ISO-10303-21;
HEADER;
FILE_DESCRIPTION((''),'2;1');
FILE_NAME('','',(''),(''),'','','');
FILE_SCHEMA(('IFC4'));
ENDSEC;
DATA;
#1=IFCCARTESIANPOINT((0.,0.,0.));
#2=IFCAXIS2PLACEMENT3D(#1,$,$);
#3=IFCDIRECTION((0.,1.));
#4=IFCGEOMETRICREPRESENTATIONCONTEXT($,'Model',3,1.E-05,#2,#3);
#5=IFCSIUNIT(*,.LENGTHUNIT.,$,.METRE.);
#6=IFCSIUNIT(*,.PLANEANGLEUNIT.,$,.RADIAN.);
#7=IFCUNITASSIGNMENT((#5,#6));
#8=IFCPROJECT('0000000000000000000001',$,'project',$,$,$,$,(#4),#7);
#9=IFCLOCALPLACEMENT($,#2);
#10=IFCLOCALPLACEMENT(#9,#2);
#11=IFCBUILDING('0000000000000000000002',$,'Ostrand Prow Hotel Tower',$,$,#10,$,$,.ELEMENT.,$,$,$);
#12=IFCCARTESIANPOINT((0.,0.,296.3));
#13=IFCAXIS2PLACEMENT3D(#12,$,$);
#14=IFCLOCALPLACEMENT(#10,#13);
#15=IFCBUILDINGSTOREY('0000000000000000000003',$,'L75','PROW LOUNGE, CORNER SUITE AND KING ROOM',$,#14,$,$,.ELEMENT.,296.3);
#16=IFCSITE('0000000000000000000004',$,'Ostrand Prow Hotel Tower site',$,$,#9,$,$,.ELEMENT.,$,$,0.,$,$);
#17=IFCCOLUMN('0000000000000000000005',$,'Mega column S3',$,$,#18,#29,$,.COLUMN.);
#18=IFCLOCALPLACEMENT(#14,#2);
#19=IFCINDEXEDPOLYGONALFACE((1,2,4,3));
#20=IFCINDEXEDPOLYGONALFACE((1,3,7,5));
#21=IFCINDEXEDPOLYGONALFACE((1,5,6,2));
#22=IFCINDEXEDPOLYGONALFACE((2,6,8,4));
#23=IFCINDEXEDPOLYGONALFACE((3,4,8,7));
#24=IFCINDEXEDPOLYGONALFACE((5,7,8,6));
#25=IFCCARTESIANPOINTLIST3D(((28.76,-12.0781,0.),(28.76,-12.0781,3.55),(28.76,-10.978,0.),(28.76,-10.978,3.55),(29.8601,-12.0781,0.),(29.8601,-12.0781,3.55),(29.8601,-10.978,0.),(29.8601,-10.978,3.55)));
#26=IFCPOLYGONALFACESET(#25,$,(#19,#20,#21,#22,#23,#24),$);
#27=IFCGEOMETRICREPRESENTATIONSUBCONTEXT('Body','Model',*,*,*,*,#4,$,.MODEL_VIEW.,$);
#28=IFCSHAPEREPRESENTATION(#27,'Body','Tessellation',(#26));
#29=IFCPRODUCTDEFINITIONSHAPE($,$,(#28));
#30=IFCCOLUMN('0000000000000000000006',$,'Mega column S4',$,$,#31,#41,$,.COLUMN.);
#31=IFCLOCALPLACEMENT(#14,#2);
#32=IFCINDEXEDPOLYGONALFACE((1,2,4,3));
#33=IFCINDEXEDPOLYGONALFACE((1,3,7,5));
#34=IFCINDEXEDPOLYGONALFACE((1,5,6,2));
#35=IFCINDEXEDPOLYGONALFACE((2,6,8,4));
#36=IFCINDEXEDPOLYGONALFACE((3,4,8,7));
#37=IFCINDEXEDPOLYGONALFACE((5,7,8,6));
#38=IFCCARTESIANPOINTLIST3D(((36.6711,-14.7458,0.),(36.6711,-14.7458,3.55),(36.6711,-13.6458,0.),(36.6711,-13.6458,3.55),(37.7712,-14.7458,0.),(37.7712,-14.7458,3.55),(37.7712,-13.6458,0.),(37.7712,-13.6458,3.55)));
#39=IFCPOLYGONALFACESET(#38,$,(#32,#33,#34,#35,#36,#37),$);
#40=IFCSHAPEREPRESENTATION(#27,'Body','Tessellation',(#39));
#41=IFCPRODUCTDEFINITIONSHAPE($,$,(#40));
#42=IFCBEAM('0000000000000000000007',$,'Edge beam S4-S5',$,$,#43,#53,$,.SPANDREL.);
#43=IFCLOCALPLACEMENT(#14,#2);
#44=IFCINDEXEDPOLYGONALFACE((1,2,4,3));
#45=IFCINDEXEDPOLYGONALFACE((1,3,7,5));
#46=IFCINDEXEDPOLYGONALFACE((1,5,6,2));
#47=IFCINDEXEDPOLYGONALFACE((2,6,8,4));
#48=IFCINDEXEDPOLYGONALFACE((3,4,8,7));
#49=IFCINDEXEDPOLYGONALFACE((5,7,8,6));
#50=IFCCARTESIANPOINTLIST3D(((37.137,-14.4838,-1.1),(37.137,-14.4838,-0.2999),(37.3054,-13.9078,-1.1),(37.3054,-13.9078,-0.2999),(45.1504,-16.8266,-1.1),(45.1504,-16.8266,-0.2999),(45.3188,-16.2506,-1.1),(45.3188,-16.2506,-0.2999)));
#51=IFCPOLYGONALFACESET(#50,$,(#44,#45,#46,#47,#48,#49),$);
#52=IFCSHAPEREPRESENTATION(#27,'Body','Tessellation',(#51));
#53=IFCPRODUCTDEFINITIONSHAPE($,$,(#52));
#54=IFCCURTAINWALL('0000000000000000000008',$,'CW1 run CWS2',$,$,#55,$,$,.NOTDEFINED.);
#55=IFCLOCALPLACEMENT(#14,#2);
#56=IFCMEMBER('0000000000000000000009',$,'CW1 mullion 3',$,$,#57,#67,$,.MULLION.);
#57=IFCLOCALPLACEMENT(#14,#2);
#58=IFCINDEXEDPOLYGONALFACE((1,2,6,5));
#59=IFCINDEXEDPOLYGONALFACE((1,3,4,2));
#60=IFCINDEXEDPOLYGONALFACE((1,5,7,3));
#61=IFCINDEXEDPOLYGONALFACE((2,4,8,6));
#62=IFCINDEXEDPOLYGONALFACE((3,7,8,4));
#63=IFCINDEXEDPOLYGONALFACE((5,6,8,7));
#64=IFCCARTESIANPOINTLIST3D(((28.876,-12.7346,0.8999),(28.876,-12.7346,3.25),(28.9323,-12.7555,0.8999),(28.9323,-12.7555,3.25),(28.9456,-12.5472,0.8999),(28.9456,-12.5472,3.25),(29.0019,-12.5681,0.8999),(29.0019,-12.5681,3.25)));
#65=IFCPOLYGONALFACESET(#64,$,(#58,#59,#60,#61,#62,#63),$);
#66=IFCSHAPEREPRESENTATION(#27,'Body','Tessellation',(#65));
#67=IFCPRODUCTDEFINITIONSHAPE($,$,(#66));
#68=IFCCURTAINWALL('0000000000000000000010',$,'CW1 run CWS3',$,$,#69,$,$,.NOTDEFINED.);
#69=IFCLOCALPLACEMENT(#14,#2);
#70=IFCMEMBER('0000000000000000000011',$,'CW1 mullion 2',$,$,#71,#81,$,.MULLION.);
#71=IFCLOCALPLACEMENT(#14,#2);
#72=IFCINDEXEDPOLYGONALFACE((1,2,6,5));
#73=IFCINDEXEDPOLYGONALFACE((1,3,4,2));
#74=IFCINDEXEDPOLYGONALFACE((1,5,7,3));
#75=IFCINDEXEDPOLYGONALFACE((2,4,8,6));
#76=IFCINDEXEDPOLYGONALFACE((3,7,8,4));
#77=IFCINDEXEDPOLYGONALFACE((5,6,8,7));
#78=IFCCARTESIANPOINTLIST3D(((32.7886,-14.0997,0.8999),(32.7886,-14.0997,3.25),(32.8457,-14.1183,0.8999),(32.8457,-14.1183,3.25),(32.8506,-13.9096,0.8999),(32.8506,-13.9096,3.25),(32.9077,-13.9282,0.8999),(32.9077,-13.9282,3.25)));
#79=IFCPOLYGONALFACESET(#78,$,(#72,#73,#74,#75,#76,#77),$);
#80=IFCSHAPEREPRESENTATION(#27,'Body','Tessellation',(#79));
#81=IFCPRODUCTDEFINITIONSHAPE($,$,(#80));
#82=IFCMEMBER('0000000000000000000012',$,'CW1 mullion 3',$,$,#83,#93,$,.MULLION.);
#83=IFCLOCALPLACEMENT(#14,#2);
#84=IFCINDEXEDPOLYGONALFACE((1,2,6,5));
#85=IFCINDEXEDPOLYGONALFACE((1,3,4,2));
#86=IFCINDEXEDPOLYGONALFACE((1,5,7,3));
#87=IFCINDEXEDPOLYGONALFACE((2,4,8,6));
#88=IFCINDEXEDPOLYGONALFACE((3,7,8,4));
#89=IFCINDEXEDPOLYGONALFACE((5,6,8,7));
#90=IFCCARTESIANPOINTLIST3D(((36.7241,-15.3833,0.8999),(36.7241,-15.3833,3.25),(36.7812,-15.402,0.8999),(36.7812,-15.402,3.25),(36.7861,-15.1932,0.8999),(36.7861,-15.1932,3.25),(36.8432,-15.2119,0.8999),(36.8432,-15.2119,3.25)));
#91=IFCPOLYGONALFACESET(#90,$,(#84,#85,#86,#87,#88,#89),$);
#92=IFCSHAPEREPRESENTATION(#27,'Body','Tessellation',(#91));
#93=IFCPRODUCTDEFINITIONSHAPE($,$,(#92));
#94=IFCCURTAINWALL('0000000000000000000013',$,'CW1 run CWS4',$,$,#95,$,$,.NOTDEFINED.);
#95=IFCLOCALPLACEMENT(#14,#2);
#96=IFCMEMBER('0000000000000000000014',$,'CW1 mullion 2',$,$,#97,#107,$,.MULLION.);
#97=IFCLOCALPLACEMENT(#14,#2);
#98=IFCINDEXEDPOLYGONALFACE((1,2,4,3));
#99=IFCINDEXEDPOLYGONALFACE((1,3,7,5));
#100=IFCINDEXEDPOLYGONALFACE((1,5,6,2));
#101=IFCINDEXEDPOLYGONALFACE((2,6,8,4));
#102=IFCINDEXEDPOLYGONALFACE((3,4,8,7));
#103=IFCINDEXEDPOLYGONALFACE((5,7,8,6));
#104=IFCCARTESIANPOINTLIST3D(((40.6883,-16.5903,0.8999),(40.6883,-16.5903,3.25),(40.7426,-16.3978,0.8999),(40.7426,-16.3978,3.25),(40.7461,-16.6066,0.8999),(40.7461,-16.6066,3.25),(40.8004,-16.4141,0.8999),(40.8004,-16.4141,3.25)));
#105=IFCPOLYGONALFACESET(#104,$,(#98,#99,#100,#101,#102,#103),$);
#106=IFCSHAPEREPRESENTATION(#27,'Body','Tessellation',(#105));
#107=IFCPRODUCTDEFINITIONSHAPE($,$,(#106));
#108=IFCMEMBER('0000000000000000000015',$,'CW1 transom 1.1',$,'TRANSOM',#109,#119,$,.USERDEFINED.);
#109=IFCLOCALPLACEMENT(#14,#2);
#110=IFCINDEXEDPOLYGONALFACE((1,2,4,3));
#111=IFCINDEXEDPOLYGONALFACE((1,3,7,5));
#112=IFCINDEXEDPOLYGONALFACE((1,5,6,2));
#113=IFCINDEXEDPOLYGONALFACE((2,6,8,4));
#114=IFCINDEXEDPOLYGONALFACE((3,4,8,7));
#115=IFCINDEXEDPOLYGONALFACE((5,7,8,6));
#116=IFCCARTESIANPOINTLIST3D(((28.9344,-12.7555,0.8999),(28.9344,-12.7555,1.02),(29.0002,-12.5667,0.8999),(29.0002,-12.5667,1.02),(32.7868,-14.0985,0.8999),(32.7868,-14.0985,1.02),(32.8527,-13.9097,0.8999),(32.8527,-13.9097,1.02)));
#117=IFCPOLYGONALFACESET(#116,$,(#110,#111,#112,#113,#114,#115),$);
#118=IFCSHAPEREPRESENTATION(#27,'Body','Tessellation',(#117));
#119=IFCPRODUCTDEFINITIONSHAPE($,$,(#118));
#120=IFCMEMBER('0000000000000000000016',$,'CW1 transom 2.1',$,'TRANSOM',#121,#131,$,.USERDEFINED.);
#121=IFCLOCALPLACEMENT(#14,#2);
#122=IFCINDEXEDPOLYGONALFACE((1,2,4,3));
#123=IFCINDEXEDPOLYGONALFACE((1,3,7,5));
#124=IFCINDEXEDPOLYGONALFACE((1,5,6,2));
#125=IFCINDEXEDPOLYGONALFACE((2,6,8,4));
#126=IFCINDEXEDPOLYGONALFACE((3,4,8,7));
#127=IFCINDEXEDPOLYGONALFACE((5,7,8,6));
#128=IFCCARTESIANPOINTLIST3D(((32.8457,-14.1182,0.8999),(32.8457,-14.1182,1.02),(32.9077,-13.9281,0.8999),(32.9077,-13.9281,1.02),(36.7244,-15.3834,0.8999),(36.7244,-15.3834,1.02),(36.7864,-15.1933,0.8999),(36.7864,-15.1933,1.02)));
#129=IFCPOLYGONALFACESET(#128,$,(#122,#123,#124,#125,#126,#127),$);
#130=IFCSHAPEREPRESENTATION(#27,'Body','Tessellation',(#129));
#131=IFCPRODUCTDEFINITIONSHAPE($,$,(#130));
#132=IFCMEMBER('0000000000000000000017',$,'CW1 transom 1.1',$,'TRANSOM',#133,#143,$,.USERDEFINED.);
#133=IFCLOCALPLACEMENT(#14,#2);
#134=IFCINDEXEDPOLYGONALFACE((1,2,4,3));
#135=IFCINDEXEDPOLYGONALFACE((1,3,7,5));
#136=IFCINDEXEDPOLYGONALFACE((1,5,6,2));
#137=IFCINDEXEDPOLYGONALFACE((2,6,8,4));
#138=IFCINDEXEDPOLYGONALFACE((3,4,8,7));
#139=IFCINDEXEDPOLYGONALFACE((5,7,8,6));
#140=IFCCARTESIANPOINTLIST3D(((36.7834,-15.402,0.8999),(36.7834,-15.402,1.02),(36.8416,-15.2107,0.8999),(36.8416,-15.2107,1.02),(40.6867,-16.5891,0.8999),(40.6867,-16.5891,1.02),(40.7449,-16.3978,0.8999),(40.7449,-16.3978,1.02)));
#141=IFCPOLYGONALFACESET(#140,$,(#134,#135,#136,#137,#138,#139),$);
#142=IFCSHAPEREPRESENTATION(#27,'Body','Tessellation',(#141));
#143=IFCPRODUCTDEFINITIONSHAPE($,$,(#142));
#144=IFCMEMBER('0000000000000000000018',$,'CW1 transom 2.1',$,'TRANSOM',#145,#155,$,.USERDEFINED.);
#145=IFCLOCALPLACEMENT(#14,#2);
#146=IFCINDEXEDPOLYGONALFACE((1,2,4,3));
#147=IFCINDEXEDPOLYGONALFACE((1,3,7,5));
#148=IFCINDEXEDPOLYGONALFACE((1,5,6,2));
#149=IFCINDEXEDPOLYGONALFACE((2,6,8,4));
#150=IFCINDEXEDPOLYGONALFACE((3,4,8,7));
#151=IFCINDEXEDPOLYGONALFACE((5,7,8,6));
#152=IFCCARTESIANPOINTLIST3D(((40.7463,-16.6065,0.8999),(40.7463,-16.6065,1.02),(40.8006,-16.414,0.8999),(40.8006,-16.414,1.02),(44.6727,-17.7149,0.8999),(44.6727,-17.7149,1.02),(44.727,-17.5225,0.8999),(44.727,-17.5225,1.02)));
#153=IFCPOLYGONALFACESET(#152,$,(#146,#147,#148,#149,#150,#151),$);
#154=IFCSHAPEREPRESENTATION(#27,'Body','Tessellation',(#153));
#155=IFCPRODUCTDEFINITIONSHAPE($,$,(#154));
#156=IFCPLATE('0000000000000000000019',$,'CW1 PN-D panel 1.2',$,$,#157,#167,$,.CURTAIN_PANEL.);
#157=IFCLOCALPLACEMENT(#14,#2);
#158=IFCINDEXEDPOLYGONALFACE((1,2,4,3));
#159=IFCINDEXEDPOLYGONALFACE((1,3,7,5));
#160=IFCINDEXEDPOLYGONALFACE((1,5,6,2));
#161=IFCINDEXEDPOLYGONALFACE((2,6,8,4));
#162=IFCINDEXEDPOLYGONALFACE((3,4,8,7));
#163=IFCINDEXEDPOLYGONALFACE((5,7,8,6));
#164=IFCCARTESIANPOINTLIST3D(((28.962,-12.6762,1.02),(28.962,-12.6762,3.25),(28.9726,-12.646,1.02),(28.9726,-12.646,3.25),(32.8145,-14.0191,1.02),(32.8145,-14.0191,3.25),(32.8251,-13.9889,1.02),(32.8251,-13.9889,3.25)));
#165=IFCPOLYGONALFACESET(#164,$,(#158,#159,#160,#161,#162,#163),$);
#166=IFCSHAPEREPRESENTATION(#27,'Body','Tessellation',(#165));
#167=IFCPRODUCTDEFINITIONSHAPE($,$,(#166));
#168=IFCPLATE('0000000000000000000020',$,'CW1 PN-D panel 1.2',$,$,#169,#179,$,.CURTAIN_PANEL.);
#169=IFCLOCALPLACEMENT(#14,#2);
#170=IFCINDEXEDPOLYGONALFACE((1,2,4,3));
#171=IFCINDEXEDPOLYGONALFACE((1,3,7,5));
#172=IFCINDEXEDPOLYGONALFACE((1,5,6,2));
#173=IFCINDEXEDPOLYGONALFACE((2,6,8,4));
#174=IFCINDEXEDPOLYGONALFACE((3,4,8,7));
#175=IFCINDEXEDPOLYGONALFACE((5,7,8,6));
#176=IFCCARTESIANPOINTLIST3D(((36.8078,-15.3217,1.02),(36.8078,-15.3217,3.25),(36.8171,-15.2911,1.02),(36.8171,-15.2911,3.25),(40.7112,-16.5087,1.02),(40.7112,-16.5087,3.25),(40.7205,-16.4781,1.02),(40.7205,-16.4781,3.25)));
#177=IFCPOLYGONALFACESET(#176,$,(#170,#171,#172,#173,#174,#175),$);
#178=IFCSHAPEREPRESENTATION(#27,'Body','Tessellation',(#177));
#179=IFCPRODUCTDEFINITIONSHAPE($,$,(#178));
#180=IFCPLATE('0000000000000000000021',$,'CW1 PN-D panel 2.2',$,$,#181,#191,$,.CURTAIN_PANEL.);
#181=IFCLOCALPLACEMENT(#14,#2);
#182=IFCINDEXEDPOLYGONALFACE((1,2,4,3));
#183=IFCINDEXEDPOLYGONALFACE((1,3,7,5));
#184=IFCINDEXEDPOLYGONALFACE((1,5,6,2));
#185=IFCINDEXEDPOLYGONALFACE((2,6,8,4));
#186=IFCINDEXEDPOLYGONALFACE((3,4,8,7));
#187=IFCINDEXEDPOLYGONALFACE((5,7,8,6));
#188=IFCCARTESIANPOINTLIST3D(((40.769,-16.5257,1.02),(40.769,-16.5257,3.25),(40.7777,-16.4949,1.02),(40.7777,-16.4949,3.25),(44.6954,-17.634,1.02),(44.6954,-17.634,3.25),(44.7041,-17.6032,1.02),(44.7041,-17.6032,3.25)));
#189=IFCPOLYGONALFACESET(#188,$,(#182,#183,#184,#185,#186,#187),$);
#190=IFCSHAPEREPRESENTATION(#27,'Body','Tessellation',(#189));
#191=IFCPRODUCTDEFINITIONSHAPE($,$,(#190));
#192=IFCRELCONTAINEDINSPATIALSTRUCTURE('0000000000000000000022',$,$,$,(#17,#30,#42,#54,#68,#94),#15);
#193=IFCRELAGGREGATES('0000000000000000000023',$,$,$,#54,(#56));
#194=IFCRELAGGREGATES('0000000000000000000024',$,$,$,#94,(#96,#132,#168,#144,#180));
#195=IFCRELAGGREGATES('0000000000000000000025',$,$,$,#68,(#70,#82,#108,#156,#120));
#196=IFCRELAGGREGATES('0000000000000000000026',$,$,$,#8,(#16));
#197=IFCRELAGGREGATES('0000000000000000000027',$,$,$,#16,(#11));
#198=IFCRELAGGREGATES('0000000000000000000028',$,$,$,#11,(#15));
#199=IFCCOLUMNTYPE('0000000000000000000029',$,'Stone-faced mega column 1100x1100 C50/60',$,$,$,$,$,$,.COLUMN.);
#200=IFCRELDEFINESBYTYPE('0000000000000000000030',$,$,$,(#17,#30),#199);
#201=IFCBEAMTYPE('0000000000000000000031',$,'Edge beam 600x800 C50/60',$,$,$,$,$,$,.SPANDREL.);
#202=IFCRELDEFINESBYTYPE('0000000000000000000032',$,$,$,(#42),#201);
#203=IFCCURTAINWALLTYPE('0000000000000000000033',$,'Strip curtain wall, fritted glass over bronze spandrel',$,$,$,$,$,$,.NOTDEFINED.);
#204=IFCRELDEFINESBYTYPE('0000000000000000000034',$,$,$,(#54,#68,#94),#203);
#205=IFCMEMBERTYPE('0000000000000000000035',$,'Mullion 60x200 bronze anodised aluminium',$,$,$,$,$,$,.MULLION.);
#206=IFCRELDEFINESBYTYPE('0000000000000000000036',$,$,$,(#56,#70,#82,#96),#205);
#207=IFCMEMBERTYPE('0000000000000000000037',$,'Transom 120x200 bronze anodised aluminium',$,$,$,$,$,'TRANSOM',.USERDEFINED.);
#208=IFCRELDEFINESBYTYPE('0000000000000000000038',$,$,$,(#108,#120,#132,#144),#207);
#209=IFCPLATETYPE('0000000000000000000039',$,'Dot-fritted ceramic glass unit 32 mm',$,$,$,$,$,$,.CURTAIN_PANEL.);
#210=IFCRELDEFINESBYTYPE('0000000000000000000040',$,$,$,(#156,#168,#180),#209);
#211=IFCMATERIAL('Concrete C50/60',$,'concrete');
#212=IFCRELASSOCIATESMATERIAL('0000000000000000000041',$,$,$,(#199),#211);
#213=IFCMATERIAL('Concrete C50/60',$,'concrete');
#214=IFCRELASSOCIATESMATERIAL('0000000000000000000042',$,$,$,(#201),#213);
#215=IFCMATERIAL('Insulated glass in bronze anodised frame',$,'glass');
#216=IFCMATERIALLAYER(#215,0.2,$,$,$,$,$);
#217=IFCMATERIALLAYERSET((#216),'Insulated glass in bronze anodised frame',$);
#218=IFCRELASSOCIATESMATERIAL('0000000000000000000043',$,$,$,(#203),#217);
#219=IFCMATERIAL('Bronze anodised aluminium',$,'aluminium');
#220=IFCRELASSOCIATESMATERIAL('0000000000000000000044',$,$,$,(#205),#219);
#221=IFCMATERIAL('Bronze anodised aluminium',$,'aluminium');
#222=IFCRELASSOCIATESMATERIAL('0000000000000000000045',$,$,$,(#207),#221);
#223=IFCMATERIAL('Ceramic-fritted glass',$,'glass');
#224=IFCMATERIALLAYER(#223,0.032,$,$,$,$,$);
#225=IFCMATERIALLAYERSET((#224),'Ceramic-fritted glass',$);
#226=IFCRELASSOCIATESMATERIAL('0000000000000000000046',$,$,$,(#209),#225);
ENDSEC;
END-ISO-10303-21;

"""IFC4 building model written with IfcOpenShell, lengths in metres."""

from ifc_helpers import new_model, si_unit, direction, frame, origin, origin_2d, place, context, subcontext, project, spatial, rectangle, extrude, material, layer, layer_set, material_profile, profile_set, type_object, element, aggregate, save


model = new_model("IFC4")

# Units and contexts
model_context = context("Model", 3, precision=1e-05, world=origin(), true_north=direction((0.0, 1.0)))
body_context = subcontext(model_context, "Body", "Model", "MODEL_VIEW")
ifc_project = project(units=[si_unit("LENGTHUNIT", "METRE"), si_unit("PLANEANGLEUNIT", "RADIAN")], contexts=[model_context])

# Site, building, storey
site_placement = place(None, origin())
site = spatial("IfcSite", under=ifc_project, at=site_placement, Name="Ostrand Prow Hotel Tower site", CompositionType="ELEMENT", RefElevation=0.0)
building_placement = place(site_placement, origin())
building = spatial("IfcBuilding", under=site, at=building_placement, Name="Ostrand Prow Hotel Tower", CompositionType="ELEMENT")
storey_placement = place(building_placement, frame((0.0, 0.0, 296.3)))
storey = spatial("IfcBuildingStorey", under=building, at=storey_placement, Name="L75", Description="PROW LOUNGE, CORNER SUITE AND KING ROOM", CompositionType="ELEMENT", Elevation=296.3)

# Columns
ifc_material_1 = material(Name="Concrete C50/60", Category="concrete")
ifc_material_profile_1 = material_profile(ifc_material_1, rectangle(XDim=1.1001, YDim=1.1001, at=origin_2d()), Name="RC 1100x1100")
ifc_profile_set_1 = profile_set([ifc_material_profile_1], Name="Concrete C50/60")
column_type = type_object("IfcColumnType", Name="Stone-faced mega column 1100x1100 C50/60", PredefinedType="COLUMN", material=ifc_profile_set_1)
for number, where, z_axis, x_axis, name in (
    (1, (29.3101, -11.5281, 0.0), (0.0, 0.0, 1.0), (1.0, 0.0, 0.0), "Mega column S3"),
    (2, (37.2212, -14.1958, 0.0), (0.0, 0.0, 1.0), (1.0, 0.0, 0.0), "Mega column S4"),
):
    element("IfcColumn", number, at=place(storey_placement, frame(where, z_axis=z_axis, x_axis=x_axis)), inside=storey, type_object=column_type, Name=name, PredefinedType="COLUMN", context=body_context, shape_type="SweptSolid", body=[
        extrude(rectangle(XDim=1.1001, YDim=1.1001, at=origin_2d()), origin(), (0.0, 0.0, 1.0), 3.55),
    ])

# Beam
ifc_material_2 = material(Name="Concrete C50/60", Category="concrete")
ifc_material_profile_2 = material_profile(ifc_material_2, rectangle(XDim=0.6001, YDim=0.8, at=origin_2d()), Name="RC 600x800")
ifc_profile_set_2 = profile_set([ifc_material_profile_2], Name="Concrete C50/60")
beam_type = type_object("IfcBeamType", Name="Edge beam 600x800 C50/60", PredefinedType="SPANDREL", material=ifc_profile_set_2)
beam_placement = place(storey_placement, frame((37.2212, -14.1958, -0.7), z_axis=(0.959822, -0.28061, 0.0), x_axis=(0.28061, 0.959822, 0.0)))
element("IfcBeam", 3, at=beam_placement, inside=storey, type_object=beam_type, Name="Edge beam S4-S5", PredefinedType="SPANDREL", context=body_context, shape_type="SweptSolid", body=[
    extrude(rectangle(XDim=0.6001, YDim=0.8, at=origin_2d()), origin(), (0.0, 0.0, 1.0), 8.3489),
])

# Curtain wall, member
ifc_material_3 = material(Name="Insulated glass in bronze anodised frame", Category="glass")
ifc_layer_1 = layer(ifc_material_3, 0.2)
ifc_layer_set_1 = layer_set([ifc_layer_1], Name="Insulated glass in bronze anodised frame")
curtain_wall_type = type_object("IfcCurtainWallType", Name="Strip curtain wall, fritted glass over bronze spandrel", PredefinedType="NOTDEFINED", material=ifc_layer_set_1)
curtain_wall_1_placement = place(storey_placement, origin())
curtain_wall_1 = element("IfcCurtainWall", 4, at=curtain_wall_1_placement, inside=storey, type_object=curtain_wall_type, Name="CW1 run CWS2", PredefinedType="NOTDEFINED")
ifc_material_4 = material(Name="Bronze anodised aluminium", Category="aluminium")
ifc_material_profile_3 = material_profile(ifc_material_4, rectangle(XDim=0.2, YDim=0.0601, at=origin_2d()), Name="Mullion 60x200 bronze anodised aluminium")
ifc_profile_set_3 = profile_set([ifc_material_profile_3], Name="Bronze anodised aluminium")
member_type_1 = type_object("IfcMemberType", Name="Mullion 60x200 bronze anodised aluminium", PredefinedType="MULLION", material=ifc_profile_set_3)
member_1_placement = place(storey_placement, frame((28.939, -12.6514, 0.8999), z_axis=(0.0, 0.0, 1.0), x_axis=(0.348071, 0.937468, 0.0)))
member_1 = element("IfcMember", 5, at=member_1_placement, type_object=member_type_1, Name="CW1 mullion 3", PredefinedType="MULLION", context=body_context, shape_type="SweptSolid", body=[
    extrude(rectangle(XDim=0.2, YDim=0.0601, at=origin_2d()), origin(), (0.0, 0.0, 1.0), 2.3501),
])
aggregate(curtain_wall_1, [member_1])

# Curtain wall, members
curtain_wall_2_placement = place(storey_placement, origin())
curtain_wall_2 = element("IfcCurtainWall", 6, at=curtain_wall_2_placement, inside=storey, type_object=curtain_wall_type, Name="CW1 run CWS3", PredefinedType="NOTDEFINED")
member_2_placement = place(storey_placement, frame((32.8481, -14.0139, 0.8999), z_axis=(0.0, 0.0, 1.0), x_axis=(0.310111, 0.9507, 0.0)))
member_2 = element("IfcMember", 7, at=member_2_placement, type_object=member_type_1, Name="CW1 mullion 2", PredefinedType="MULLION", context=body_context, shape_type="SweptSolid", body=[
    extrude(rectangle(XDim=0.2, YDim=0.0601, at=origin_2d()), origin(), (0.0, 0.0, 1.0), 2.3501),
])
member_3_placement = place(storey_placement, frame((36.7837, -15.2976, 0.8999), z_axis=(0.0, 0.0, 1.0), x_axis=(0.310111, 0.9507, 0.0)))
member_3 = element("IfcMember", 8, at=member_3_placement, type_object=member_type_1, Name="CW1 mullion 3", PredefinedType="MULLION", context=body_context, shape_type="SweptSolid", body=[
    extrude(rectangle(XDim=0.2, YDim=0.0601, at=origin_2d()), origin(), (0.0, 0.0, 1.0), 2.3501),
])

# Curtain wall, member
curtain_wall_3_placement = place(storey_placement, origin())
curtain_wall_3 = element("IfcCurtainWall", 9, at=curtain_wall_3_placement, inside=storey, type_object=curtain_wall_type, Name="CW1 run CWS4", PredefinedType="NOTDEFINED")
member_4_placement = place(storey_placement, frame((40.7444, -16.5022, 0.8999), z_axis=(0.0, 0.0, 1.0), x_axis=(0.271649, 0.962396, 0.0)))
member_4 = element("IfcMember", 10, at=member_4_placement, type_object=member_type_1, Name="CW1 mullion 2", PredefinedType="MULLION", context=body_context, shape_type="SweptSolid", body=[
    extrude(rectangle(XDim=0.2, YDim=0.0601, at=origin_2d()), origin(), (0.0, 0.0, 1.0), 2.3501),
])

# Members
ifc_material_5 = material(Name="Bronze anodised aluminium", Category="aluminium")
ifc_material_profile_4 = material_profile(ifc_material_5, rectangle(XDim=0.2, YDim=0.1201, at=origin_2d()), Name="Transom 120x200 bronze anodised aluminium")
ifc_profile_set_4 = profile_set([ifc_material_profile_4], Name="Bronze anodised aluminium")
member_type_2 = type_object("IfcMemberType", Name="Transom 120x200 bronze anodised aluminium", ElementType="TRANSOM", PredefinedType="USERDEFINED", material=ifc_profile_set_4)
member_5_placement = place(storey_placement, frame((28.9673, -12.6611, 0.96), z_axis=(0.944268, -0.329177, 0.0), x_axis=(0.329177, 0.944268, 0.0)))
member_5 = element("IfcMember", 11, at=member_5_placement, type_object=member_type_2, Name="CW1 transom 1.1", ObjectType="TRANSOM", PredefinedType="USERDEFINED", context=body_context, shape_type="SweptSolid", body=[
    extrude(rectangle(XDim=0.2, YDim=0.1201, at=origin_2d()), origin(), (0.0, 0.0, 1.0), 4.0798),
])
member_6_placement = place(storey_placement, frame((32.8767, -14.0232, 0.96), z_axis=(0.950704, -0.310099, 0.0), x_axis=(0.310099, 0.950704, 0.0)))
member_6 = element("IfcMember", 12, at=member_6_placement, type_object=member_type_2, Name="CW1 transom 2.1", ObjectType="TRANSOM", PredefinedType="USERDEFINED", context=body_context, shape_type="SweptSolid", body=[
    extrude(rectangle(XDim=0.2, YDim=0.1201, at=origin_2d()), origin(), (0.0, 0.0, 1.0), 4.0798),
])
member_7_placement = place(storey_placement, frame((36.8125, -15.3064, 0.96), z_axis=(0.956739, -0.290947, 0.0), x_axis=(0.290947, 0.956739, 0.0)))
member_7 = element("IfcMember", 13, at=member_7_placement, type_object=member_type_2, Name="CW1 transom 1.1", ObjectType="TRANSOM", PredefinedType="USERDEFINED", context=body_context, shape_type="SweptSolid", body=[
    extrude(rectangle(XDim=0.2, YDim=0.1201, at=origin_2d()), origin(), (0.0, 0.0, 1.0), 4.0798),
])
member_8_placement = place(storey_placement, frame((40.7734, -16.5103, 0.96), z_axis=(0.962386, -0.271685, 0.0), x_axis=(0.271685, 0.962386, 0.0)))
member_8 = element("IfcMember", 14, at=member_8_placement, type_object=member_type_2, Name="CW1 transom 2.1", ObjectType="TRANSOM", PredefinedType="USERDEFINED", context=body_context, shape_type="SweptSolid", body=[
    extrude(rectangle(XDim=0.2, YDim=0.1201, at=origin_2d()), origin(), (0.0, 0.0, 1.0), 4.0798),
])

# Plates
ifc_material_6 = material(Name="Ceramic-fritted glass", Category="glass")
ifc_layer_2 = layer(ifc_material_6, 0.032)
ifc_layer_set_2 = layer_set([ifc_layer_2], Name="Ceramic-fritted glass")
plate_type_1 = type_object("IfcPlateType", Name="Dot-fritted ceramic glass unit 32 mm", PredefinedType="CURTAIN_PANEL", material=ifc_layer_set_2)
plate_1_placement = place(storey_placement, frame((30.8936, -13.3325, 1.02), z_axis=(0.0, 0.0, 1.0), x_axis=(0.944275, -0.329158, 0.0)))
plate_1 = element("IfcPlate", 15, at=plate_1_placement, type_object=plate_type_1, Name="CW1 PN-D panel 1.2", PredefinedType="CURTAIN_PANEL", context=body_context, shape_type="SweptSolid", body=[
    extrude(rectangle(XDim=4.0798, YDim=0.032, at=origin_2d()), origin(), (0.0, 0.0, 1.0), 2.23),
])
plate_2_placement = place(storey_placement, frame((38.7642, -15.8999, 1.02), z_axis=(0.0, 0.0, 1.0), x_axis=(0.956742, -0.290938, 0.0)))
plate_2 = element("IfcPlate", 16, at=plate_2_placement, type_object=plate_type_1, Name="CW1 PN-D panel 1.2", PredefinedType="CURTAIN_PANEL", context=body_context, shape_type="SweptSolid", body=[
    extrude(rectangle(XDim=4.0798, YDim=0.032, at=origin_2d()), origin(), (0.0, 0.0, 1.0), 2.23),
])
plate_3_placement = place(storey_placement, frame((42.7366, -17.0645, 1.02), z_axis=(0.0, 0.0, 1.0), x_axis=(0.962396, -0.271649, 0.0)))
plate_3 = element("IfcPlate", 17, at=plate_3_placement, type_object=plate_type_1, Name="CW1 PN-D panel 2.2", PredefinedType="CURTAIN_PANEL", context=body_context, shape_type="SweptSolid", body=[
    extrude(rectangle(XDim=4.0798, YDim=0.032, at=origin_2d()), origin(), (0.0, 0.0, 1.0), 2.23),
])
aggregate(curtain_wall_3, [member_4, member_7, plate_2, member_8, plate_3])
aggregate(curtain_wall_2, [member_2, member_3, member_5, plate_1, member_6])

save(model, "model.ifc")
